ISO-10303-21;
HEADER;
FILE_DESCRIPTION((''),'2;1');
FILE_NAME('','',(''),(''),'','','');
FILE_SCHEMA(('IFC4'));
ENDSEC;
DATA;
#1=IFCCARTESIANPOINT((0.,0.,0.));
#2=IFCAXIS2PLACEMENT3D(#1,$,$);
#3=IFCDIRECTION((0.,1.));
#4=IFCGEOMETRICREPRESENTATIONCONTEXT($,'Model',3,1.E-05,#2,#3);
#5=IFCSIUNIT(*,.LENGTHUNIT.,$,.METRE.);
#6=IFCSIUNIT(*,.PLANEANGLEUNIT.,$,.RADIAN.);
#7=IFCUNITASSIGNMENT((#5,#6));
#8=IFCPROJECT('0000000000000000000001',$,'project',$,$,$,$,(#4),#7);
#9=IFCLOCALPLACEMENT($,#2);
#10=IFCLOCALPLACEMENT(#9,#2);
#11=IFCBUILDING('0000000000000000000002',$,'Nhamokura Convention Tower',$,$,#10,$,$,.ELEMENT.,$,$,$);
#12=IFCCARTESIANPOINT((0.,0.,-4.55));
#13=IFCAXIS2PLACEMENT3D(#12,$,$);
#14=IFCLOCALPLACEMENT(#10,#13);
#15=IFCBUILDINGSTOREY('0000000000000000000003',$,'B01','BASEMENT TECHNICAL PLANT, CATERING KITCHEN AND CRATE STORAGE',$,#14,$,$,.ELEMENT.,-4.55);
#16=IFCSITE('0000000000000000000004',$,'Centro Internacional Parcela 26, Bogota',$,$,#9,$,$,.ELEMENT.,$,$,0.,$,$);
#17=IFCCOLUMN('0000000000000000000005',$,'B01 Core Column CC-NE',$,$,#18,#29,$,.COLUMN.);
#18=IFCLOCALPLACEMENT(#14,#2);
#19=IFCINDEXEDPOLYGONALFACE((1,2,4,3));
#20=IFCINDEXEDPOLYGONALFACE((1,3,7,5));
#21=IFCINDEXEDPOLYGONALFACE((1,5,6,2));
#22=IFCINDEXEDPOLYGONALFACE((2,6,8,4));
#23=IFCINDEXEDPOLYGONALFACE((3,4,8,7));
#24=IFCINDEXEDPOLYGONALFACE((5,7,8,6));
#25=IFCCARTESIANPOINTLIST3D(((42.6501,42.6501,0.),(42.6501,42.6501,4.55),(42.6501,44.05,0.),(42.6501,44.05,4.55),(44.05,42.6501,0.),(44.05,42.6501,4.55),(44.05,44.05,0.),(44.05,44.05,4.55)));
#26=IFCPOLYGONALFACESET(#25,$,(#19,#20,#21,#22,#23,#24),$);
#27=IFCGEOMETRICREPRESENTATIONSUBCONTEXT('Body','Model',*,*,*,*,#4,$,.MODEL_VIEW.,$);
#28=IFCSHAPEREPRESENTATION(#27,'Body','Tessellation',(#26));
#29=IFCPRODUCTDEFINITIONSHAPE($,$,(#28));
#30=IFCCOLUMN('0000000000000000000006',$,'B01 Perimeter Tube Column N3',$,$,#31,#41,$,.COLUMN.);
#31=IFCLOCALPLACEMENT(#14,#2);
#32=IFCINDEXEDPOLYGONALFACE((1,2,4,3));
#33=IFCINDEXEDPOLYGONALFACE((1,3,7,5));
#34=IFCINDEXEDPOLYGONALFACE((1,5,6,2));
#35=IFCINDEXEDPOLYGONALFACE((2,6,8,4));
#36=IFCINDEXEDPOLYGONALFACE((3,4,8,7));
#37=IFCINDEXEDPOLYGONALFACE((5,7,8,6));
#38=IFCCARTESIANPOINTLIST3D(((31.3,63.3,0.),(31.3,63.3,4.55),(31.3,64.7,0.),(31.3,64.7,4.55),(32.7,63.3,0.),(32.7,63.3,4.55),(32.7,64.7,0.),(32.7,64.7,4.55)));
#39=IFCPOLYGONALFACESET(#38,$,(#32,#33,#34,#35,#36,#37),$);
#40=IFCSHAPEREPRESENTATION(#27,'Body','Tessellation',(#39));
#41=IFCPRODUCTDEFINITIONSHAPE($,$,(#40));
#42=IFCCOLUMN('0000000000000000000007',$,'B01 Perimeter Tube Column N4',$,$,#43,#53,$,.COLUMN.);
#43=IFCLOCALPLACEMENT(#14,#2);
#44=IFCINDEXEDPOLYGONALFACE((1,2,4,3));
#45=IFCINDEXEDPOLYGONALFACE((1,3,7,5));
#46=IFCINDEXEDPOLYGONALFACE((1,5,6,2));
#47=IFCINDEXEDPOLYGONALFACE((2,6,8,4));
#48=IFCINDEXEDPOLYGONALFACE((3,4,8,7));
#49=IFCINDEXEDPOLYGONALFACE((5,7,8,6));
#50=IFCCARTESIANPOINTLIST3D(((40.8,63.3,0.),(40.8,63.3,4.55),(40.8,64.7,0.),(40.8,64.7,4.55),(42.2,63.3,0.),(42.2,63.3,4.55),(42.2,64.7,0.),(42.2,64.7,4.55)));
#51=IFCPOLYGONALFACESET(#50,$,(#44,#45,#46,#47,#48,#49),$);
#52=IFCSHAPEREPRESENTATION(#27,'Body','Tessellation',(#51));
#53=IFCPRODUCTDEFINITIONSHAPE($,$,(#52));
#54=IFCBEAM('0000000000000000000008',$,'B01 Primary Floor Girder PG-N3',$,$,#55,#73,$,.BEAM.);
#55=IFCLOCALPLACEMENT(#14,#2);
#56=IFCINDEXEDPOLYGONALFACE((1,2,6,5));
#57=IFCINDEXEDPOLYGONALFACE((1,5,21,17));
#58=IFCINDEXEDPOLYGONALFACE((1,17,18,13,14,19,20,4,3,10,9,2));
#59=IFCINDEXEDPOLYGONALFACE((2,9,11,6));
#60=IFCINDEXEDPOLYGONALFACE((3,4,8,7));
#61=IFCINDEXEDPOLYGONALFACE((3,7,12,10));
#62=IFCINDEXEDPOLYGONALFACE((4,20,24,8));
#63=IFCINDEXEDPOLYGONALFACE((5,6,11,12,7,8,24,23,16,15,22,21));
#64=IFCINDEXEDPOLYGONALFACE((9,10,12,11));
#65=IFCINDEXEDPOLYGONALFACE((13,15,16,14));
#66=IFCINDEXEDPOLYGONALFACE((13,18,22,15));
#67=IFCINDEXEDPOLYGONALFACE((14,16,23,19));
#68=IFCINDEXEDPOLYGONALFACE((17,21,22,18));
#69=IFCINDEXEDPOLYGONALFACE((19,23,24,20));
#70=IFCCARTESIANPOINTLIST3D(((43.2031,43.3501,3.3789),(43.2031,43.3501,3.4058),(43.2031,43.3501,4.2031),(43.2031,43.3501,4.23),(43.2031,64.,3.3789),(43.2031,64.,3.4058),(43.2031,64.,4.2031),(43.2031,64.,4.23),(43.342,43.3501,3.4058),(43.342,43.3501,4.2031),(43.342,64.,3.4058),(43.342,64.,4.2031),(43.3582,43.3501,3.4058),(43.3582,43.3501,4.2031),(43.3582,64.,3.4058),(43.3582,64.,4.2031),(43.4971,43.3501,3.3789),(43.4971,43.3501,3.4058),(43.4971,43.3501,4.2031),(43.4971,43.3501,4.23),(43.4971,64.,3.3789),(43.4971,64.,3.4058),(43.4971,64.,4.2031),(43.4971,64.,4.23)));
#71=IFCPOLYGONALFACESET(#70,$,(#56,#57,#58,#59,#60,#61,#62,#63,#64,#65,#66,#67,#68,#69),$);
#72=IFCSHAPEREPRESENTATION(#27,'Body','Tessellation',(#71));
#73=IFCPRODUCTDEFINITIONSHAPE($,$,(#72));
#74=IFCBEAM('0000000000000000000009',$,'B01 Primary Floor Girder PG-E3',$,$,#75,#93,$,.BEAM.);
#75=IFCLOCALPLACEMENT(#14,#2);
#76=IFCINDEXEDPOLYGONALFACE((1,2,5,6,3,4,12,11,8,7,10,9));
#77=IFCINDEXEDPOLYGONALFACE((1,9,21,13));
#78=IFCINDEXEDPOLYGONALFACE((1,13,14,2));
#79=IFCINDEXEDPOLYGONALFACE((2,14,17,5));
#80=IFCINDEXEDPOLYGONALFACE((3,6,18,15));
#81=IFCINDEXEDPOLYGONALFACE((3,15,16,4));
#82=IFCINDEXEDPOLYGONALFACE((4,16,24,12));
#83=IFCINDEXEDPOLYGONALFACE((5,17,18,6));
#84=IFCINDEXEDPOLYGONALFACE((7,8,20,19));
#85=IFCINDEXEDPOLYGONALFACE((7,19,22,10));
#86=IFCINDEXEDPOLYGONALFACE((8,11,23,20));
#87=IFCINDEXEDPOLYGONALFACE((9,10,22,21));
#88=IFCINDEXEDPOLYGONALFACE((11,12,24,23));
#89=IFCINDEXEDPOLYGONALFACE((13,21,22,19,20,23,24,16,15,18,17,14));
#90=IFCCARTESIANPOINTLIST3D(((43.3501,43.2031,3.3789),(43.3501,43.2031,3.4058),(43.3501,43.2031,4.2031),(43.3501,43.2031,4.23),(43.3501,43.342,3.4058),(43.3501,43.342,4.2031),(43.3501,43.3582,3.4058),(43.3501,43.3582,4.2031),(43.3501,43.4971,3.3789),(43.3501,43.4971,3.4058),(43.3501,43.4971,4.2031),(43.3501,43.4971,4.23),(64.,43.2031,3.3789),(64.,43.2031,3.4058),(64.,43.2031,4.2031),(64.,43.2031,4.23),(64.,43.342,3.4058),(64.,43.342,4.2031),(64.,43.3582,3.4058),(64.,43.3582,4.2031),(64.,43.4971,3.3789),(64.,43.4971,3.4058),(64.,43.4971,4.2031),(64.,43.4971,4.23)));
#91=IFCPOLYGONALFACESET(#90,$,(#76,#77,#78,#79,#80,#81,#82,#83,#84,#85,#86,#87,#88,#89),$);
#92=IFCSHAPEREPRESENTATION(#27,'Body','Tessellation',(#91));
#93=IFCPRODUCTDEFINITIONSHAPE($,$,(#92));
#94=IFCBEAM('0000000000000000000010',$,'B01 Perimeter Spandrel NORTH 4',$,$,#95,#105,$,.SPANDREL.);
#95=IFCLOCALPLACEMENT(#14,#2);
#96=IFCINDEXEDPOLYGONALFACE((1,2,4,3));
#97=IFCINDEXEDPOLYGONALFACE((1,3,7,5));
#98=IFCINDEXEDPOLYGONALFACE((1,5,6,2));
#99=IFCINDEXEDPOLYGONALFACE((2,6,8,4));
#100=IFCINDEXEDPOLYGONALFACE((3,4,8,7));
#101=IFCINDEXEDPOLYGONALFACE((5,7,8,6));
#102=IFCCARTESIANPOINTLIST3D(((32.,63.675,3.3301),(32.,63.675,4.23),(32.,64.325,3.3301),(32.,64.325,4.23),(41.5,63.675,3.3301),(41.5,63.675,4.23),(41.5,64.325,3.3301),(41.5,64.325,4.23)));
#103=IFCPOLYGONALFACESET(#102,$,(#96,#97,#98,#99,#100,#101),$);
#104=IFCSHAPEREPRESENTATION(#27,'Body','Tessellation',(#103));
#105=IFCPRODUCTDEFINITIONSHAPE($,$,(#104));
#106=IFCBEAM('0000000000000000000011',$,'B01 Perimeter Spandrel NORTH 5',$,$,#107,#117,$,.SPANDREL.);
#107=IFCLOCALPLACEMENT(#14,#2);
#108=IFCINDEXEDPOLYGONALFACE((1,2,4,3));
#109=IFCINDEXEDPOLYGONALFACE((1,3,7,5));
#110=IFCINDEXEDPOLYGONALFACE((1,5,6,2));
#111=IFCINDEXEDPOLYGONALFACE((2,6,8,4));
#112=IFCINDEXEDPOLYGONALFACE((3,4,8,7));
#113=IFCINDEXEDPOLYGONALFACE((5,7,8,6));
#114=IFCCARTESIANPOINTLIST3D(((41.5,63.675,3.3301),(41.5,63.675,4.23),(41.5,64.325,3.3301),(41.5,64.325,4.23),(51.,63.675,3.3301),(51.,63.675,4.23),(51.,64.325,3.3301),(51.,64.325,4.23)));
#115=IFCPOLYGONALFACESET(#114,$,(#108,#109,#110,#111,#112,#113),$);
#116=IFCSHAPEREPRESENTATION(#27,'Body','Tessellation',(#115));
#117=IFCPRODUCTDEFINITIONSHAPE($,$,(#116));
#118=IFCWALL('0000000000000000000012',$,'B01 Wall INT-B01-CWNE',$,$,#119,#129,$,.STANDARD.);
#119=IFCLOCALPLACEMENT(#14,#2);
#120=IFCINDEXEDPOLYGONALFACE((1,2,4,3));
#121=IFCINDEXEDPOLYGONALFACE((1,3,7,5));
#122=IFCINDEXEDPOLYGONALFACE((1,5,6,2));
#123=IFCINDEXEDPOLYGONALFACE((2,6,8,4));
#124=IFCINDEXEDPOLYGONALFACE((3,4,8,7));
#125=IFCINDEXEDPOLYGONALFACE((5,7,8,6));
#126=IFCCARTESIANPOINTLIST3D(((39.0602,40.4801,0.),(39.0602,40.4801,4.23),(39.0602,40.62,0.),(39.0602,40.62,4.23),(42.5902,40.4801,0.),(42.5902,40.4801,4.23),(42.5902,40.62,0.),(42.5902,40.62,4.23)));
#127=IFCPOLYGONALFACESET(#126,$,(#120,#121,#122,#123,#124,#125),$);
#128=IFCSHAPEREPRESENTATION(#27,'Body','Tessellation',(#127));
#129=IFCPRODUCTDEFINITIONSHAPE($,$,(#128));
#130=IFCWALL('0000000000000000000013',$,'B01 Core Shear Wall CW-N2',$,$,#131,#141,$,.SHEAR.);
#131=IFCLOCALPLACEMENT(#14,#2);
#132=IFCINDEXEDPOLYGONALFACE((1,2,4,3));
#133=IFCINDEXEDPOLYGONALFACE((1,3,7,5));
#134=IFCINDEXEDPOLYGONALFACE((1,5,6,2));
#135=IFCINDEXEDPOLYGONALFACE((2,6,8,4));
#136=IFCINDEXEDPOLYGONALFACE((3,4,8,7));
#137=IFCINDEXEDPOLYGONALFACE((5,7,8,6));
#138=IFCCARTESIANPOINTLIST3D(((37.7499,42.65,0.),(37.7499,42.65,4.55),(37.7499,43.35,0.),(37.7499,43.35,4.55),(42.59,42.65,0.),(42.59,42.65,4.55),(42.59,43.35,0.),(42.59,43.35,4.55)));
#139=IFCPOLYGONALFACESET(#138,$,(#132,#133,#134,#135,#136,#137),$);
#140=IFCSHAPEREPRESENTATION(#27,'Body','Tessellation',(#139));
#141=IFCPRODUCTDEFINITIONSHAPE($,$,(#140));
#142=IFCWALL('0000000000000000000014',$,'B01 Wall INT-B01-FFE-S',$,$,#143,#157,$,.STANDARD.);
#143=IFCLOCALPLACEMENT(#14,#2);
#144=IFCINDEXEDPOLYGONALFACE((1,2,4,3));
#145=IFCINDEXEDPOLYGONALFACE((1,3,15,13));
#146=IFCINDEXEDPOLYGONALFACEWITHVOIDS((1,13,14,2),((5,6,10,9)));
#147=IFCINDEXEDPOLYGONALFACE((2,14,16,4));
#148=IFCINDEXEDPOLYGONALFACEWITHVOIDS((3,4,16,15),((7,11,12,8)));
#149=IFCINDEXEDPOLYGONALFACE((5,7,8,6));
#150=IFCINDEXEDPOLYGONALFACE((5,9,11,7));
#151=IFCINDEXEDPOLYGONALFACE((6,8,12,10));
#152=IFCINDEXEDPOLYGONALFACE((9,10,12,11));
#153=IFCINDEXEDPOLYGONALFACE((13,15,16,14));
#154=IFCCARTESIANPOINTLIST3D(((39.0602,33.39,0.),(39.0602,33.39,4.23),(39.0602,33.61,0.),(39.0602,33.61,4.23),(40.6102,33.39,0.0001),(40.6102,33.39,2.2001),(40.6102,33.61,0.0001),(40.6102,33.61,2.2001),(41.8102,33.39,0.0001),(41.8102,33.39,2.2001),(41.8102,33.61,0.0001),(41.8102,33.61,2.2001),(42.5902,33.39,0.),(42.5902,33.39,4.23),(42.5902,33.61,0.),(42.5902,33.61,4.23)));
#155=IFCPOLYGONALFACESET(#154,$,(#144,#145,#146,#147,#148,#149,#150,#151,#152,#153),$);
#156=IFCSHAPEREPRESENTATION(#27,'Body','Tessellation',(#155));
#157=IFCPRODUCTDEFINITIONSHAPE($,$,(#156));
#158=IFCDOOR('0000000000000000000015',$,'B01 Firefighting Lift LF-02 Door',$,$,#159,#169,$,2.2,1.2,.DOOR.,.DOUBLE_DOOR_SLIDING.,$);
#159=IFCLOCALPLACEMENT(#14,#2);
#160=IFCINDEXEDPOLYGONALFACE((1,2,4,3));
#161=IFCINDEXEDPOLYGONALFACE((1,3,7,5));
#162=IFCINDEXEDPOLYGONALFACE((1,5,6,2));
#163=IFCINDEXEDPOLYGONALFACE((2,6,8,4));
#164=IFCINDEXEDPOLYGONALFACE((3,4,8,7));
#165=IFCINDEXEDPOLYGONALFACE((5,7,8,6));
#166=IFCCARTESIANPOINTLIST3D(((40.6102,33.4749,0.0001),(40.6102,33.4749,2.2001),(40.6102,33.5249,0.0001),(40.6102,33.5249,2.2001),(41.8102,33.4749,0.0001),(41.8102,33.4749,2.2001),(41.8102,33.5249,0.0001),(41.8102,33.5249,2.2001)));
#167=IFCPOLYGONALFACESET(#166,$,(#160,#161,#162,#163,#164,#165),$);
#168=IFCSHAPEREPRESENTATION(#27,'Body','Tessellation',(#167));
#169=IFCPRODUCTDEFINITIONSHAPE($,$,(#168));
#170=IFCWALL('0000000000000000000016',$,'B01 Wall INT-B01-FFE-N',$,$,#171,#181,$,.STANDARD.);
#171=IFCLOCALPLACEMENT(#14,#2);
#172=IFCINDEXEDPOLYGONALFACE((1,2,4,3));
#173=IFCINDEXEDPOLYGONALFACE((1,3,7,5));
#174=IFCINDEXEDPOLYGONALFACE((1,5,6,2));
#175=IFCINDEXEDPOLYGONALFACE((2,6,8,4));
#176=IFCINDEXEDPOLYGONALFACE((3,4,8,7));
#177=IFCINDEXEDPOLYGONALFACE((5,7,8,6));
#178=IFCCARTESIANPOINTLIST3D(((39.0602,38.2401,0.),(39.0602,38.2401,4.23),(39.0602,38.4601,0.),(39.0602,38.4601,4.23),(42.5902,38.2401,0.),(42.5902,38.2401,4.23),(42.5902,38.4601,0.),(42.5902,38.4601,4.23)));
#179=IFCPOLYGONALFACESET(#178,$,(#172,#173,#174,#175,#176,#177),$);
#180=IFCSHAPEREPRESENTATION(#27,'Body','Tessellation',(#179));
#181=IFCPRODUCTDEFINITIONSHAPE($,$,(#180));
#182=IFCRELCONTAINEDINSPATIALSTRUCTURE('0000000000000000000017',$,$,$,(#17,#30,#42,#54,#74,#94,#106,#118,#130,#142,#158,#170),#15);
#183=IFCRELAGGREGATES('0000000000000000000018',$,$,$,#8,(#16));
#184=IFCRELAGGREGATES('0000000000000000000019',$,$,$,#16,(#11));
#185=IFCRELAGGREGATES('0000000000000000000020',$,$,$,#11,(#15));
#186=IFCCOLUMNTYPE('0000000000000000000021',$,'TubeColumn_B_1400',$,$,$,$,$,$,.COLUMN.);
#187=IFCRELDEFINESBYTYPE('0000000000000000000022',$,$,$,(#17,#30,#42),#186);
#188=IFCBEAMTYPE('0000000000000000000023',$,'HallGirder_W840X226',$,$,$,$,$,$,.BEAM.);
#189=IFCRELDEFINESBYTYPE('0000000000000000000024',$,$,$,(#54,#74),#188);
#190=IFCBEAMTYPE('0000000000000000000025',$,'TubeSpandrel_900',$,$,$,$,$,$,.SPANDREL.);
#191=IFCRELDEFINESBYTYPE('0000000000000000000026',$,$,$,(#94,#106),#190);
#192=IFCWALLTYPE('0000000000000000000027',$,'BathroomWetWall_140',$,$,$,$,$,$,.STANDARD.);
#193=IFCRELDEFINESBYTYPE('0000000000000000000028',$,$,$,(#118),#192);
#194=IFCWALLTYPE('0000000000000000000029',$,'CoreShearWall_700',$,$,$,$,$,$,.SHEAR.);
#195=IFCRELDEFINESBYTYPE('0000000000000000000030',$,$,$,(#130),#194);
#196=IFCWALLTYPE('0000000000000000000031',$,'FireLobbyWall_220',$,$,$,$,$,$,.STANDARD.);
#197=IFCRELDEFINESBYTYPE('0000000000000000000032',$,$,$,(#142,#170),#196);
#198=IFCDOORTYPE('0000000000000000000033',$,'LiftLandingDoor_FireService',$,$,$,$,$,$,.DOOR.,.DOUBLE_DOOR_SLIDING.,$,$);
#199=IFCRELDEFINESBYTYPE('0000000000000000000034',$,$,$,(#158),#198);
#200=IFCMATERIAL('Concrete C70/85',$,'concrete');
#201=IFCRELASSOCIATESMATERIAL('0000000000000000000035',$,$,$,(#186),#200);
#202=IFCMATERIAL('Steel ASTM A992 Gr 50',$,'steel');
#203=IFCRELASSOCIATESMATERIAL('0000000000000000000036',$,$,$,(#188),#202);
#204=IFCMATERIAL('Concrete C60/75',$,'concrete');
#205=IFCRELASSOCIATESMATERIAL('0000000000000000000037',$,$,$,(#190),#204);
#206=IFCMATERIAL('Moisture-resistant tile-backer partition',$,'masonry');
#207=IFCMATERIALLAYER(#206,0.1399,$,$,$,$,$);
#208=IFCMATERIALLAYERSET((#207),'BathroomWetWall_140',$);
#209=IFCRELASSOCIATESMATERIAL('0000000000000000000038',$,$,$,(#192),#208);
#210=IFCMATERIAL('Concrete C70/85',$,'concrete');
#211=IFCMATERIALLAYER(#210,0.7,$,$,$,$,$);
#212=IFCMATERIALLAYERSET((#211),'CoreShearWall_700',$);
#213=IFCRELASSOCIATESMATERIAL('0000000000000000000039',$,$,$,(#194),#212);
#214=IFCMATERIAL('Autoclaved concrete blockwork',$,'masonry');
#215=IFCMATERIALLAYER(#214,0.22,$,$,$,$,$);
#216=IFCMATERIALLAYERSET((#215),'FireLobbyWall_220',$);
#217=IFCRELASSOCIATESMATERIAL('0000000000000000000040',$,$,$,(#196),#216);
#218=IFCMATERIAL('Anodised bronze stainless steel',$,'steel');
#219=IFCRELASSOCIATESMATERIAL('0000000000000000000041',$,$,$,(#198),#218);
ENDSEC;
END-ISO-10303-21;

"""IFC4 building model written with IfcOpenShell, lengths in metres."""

from ifc_helpers import new_model, si_unit, direction, frame, frame_2d, origin, origin_2d, place, context, subcontext, project, spatial, rectangle, i_section, extrude, material, layer, layer_set, material_profile, profile_set, type_object, element, fill, save


model = new_model("IFC4")

# Units and contexts
model_context = context("Model", 3, precision=1e-05, world=origin(), true_north=direction((0.0, 1.0)))
body_context = subcontext(model_context, "Body", "Model", "MODEL_VIEW")
ifc_project = project(units=[si_unit("LENGTHUNIT", "METRE"), si_unit("PLANEANGLEUNIT", "RADIAN")], contexts=[model_context])

# Site, building, storey
site_placement = place(None, origin())
site = spatial("IfcSite", under=ifc_project, at=site_placement, Name="Centro Internacional Parcela 26, Bogota", CompositionType="ELEMENT", RefElevation=0.0)
building_placement = place(site_placement, origin())
building = spatial("IfcBuilding", under=site, at=building_placement, Name="Nhamokura Convention Tower", CompositionType="ELEMENT")
storey_placement = place(building_placement, frame((0.0, 0.0, -4.55)))
storey = spatial("IfcBuildingStorey", under=building, at=storey_placement, Name="B01", Description="BASEMENT TECHNICAL PLANT, CATERING KITCHEN AND CRATE STORAGE", CompositionType="ELEMENT", Elevation=-4.55)

# Columns
ifc_material_1 = material(Name="Concrete C70/85", Category="concrete")
ifc_material_profile_1 = material_profile(ifc_material_1, rectangle(XDim=1.3999, YDim=1.3999, at=origin_2d()))
ifc_profile_set_1 = profile_set([ifc_material_profile_1], Name="Concrete C70/85")
column_type = type_object("IfcColumnType", Name="TubeColumn_B_1400", PredefinedType="COLUMN", material=ifc_profile_set_1)
for number, where, z_axis, x_axis, name in (
    (1, (43.3501, 43.3501, 0.0), (0.0, 0.0, 1.0), (1.0, 0.0, 0.0), "B01 Core Column CC-NE"),
    (2, (32.0, 64.0, 0.0), (0.0, 0.0, 1.0), (1.0, 0.0, 0.0), "B01 Perimeter Tube Column N3"),
    (3, (41.5, 64.0, 0.0), (0.0, 0.0, 1.0), (1.0, 0.0, 0.0), "B01 Perimeter Tube Column N4"),
):
    element("IfcColumn", number, at=place(storey_placement, frame(where, z_axis=z_axis, x_axis=x_axis)), inside=storey, type_object=column_type, Name=name, PredefinedType="COLUMN", context=body_context, shape_type="SweptSolid", body=[
        extrude(rectangle(XDim=1.3999, YDim=1.3999, at=origin_2d()), origin(), (0.0, 0.0, 1.0), 4.55),
    ])

# Beams
ifc_material_2 = material(Name="Steel ASTM A992 Gr 50", Category="steel")
ifc_material_profile_2 = material_profile(ifc_material_2, i_section(OverallWidth=0.2939, OverallDepth=0.8511, WebThickness=0.0161, FlangeThickness=0.0269, at=origin_2d()))
ifc_profile_set_2 = profile_set([ifc_material_profile_2], Name="Steel ASTM A992 Gr 50")
beam_type_1 = type_object("IfcBeamType", Name="HallGirder_W840X226", PredefinedType="BEAM", material=ifc_profile_set_2)
for number, where, z_axis, x_axis, name in (
    (4, (43.3501, 43.3501, 3.8044), (0.0, 1.0, 0.0), (-1.0, 0.0, 0.0), "B01 Primary Floor Girder PG-N3"),
    (5, (43.3501, 43.3501, 3.8044), (1.0, 0.0, 0.0), (0.0, 1.0, 0.0), "B01 Primary Floor Girder PG-E3"),
):
    element("IfcBeam", number, at=place(storey_placement, frame(where, z_axis=z_axis, x_axis=x_axis)), inside=storey, type_object=beam_type_1, Name=name, PredefinedType="BEAM", context=body_context, shape_type="SweptSolid", body=[
        extrude(i_section(OverallWidth=0.2939, OverallDepth=0.8511, WebThickness=0.0161, FlangeThickness=0.0269, at=origin_2d()), origin(), (0.0, 0.0, 1.0), 20.6499),
    ])
ifc_material_3 = material(Name="Concrete C60/75", Category="concrete")
ifc_material_profile_3 = material_profile(ifc_material_3, rectangle(XDim=0.6499, YDim=0.8999, at=origin_2d()))
ifc_profile_set_3 = profile_set([ifc_material_profile_3], Name="Concrete C60/75")
beam_type_2 = type_object("IfcBeamType", Name="TubeSpandrel_900", PredefinedType="SPANDREL", material=ifc_profile_set_3)
for number, where, z_axis, x_axis, name in (
    (6, (32.0, 64.0, 3.78), (1.0, 0.0, 0.0), (0.0, 1.0, 0.0), "B01 Perimeter Spandrel NORTH 4"),
    (7, (41.5, 64.0, 3.78), (1.0, 0.0, 0.0), (0.0, 1.0, 0.0), "B01 Perimeter Spandrel NORTH 5"),
):
    element("IfcBeam", number, at=place(storey_placement, frame(where, z_axis=z_axis, x_axis=x_axis)), inside=storey, type_object=beam_type_2, Name=name, PredefinedType="SPANDREL", context=body_context, shape_type="SweptSolid", body=[
        extrude(rectangle(XDim=0.6499, YDim=0.8999, at=origin_2d()), origin(), (0.0, 0.0, 1.0), 9.5),
    ])

# Walls
ifc_material_4 = material(Name="Moisture-resistant tile-backer partition", Category="masonry")
ifc_layer_1 = layer(ifc_material_4, 0.1399)
ifc_layer_set_1 = layer_set([ifc_layer_1], Name="BathroomWetWall_140")
wall_type_1 = type_object("IfcWallType", Name="BathroomWetWall_140", PredefinedType="STANDARD", material=ifc_layer_set_1)
wall_1_placement = place(storey_placement, frame((39.0601, 40.55, 0.0), z_axis=(0.0, 0.0, 1.0), x_axis=(1.0, 0.0, 0.0)))
element("IfcWall", 8, at=wall_1_placement, inside=storey, type_object=wall_type_1, Name="B01 Wall INT-B01-CWNE", PredefinedType="STANDARD", context=body_context, shape_type="SweptSolid", body=[
    extrude(rectangle(XDim=3.53, YDim=0.1399, at=frame_2d((1.7651, 0.0))), origin(), (0.0, 0.0, 1.0), 4.23),
])
ifc_material_5 = material(Name="Concrete C70/85", Category="concrete")
ifc_layer_2 = layer(ifc_material_5, 0.7)
ifc_layer_set_2 = layer_set([ifc_layer_2], Name="CoreShearWall_700")
wall_type_2 = type_object("IfcWallType", Name="CoreShearWall_700", PredefinedType="SHEAR", material=ifc_layer_set_2)
wall_2_placement = place(storey_placement, frame((37.75, 43.0, 0.0), z_axis=(0.0, 0.0, 1.0), x_axis=(1.0, 0.0, 0.0)))
element("IfcWall", 9, at=wall_2_placement, inside=storey, type_object=wall_type_2, Name="B01 Core Shear Wall CW-N2", PredefinedType="SHEAR", context=body_context, shape_type="SweptSolid", body=[
    extrude(rectangle(XDim=4.8401, YDim=0.7, at=frame_2d((2.4199, 0.0))), origin(), (0.0, 0.0, 1.0), 4.55),
])

# Wall, opening, door
ifc_material_6 = material(Name="Autoclaved concrete blockwork", Category="masonry")
ifc_layer_3 = layer(ifc_material_6, 0.22)
ifc_layer_set_3 = layer_set([ifc_layer_3], Name="FireLobbyWall_220")
wall_type_3 = type_object("IfcWallType", Name="FireLobbyWall_220", PredefinedType="STANDARD", material=ifc_layer_set_3)
wall_3_placement = place(storey_placement, frame((39.0601, 33.5, 0.0), z_axis=(0.0, 0.0, 1.0), x_axis=(1.0, 0.0, 0.0)))
wall_3 = element("IfcWall", 10, at=wall_3_placement, inside=storey, type_object=wall_type_3, Name="B01 Wall INT-B01-FFE-S", PredefinedType="STANDARD", context=body_context, shape_type="SweptSolid", body=[
    extrude(rectangle(XDim=3.53, YDim=0.22, at=frame_2d((1.7651, 0.0))), origin(), (0.0, 0.0, 1.0), 4.23),
])
opening_1_placement = place(wall_3_placement, frame((1.55, 0.0, 0.0)))
opening_1 = element("IfcOpeningElement", 11, at=opening_1_placement, cuts=wall_3, PredefinedType="OPENING", context=body_context, shape_type="SweptSolid", body=[
    extrude(rectangle(XDim=1.2, YDim=2.2, at=frame_2d((0.6001, 1.1001))), frame((0.0, 0.1199, 0.0), z_axis=(0.0, -1.0, 0.0), x_axis=(1.0, 0.0, 0.0)), (0.0, 0.0, 1.0), 0.24),
])
ifc_material_7 = material(Name="Anodised bronze stainless steel", Category="steel")
door_type = type_object("IfcDoorType", Name="LiftLandingDoor_FireService", OperationType="DOUBLE_DOOR_SLIDING", PredefinedType="DOOR", material=ifc_material_7)
door_1_placement = place(opening_1_placement, origin())
door_1 = element("IfcDoor", 12, at=door_1_placement, inside=storey, type_object=door_type, Name="B01 Firefighting Lift LF-02 Door", OperationType="DOUBLE_DOOR_SLIDING", OverallHeight=2.2, OverallWidth=1.2, PredefinedType="DOOR", context=body_context, shape_type="SweptSolid", body=[
    extrude(rectangle(XDim=1.2, YDim=2.2, at=frame_2d((0.6001, 1.1001))), frame((0.0, 0.0249, 0.0), z_axis=(0.0, -1.0, 0.0), x_axis=(1.0, 0.0, 0.0)), (0.0, 0.0, 1.0), 0.05),
])
fill(opening_1, door_1)

# Wall
wall_4_placement = place(storey_placement, frame((39.0601, 38.3501, 0.0), z_axis=(0.0, 0.0, 1.0), x_axis=(1.0, 0.0, 0.0)))
element("IfcWall", 13, at=wall_4_placement, inside=storey, type_object=wall_type_3, Name="B01 Wall INT-B01-FFE-N", PredefinedType="STANDARD", context=body_context, shape_type="SweptSolid", body=[
    extrude(rectangle(XDim=3.53, YDim=0.22, at=frame_2d((1.7651, 0.0))), origin(), (0.0, 0.0, 1.0), 4.23),
])

save(model, "model.ifc")
